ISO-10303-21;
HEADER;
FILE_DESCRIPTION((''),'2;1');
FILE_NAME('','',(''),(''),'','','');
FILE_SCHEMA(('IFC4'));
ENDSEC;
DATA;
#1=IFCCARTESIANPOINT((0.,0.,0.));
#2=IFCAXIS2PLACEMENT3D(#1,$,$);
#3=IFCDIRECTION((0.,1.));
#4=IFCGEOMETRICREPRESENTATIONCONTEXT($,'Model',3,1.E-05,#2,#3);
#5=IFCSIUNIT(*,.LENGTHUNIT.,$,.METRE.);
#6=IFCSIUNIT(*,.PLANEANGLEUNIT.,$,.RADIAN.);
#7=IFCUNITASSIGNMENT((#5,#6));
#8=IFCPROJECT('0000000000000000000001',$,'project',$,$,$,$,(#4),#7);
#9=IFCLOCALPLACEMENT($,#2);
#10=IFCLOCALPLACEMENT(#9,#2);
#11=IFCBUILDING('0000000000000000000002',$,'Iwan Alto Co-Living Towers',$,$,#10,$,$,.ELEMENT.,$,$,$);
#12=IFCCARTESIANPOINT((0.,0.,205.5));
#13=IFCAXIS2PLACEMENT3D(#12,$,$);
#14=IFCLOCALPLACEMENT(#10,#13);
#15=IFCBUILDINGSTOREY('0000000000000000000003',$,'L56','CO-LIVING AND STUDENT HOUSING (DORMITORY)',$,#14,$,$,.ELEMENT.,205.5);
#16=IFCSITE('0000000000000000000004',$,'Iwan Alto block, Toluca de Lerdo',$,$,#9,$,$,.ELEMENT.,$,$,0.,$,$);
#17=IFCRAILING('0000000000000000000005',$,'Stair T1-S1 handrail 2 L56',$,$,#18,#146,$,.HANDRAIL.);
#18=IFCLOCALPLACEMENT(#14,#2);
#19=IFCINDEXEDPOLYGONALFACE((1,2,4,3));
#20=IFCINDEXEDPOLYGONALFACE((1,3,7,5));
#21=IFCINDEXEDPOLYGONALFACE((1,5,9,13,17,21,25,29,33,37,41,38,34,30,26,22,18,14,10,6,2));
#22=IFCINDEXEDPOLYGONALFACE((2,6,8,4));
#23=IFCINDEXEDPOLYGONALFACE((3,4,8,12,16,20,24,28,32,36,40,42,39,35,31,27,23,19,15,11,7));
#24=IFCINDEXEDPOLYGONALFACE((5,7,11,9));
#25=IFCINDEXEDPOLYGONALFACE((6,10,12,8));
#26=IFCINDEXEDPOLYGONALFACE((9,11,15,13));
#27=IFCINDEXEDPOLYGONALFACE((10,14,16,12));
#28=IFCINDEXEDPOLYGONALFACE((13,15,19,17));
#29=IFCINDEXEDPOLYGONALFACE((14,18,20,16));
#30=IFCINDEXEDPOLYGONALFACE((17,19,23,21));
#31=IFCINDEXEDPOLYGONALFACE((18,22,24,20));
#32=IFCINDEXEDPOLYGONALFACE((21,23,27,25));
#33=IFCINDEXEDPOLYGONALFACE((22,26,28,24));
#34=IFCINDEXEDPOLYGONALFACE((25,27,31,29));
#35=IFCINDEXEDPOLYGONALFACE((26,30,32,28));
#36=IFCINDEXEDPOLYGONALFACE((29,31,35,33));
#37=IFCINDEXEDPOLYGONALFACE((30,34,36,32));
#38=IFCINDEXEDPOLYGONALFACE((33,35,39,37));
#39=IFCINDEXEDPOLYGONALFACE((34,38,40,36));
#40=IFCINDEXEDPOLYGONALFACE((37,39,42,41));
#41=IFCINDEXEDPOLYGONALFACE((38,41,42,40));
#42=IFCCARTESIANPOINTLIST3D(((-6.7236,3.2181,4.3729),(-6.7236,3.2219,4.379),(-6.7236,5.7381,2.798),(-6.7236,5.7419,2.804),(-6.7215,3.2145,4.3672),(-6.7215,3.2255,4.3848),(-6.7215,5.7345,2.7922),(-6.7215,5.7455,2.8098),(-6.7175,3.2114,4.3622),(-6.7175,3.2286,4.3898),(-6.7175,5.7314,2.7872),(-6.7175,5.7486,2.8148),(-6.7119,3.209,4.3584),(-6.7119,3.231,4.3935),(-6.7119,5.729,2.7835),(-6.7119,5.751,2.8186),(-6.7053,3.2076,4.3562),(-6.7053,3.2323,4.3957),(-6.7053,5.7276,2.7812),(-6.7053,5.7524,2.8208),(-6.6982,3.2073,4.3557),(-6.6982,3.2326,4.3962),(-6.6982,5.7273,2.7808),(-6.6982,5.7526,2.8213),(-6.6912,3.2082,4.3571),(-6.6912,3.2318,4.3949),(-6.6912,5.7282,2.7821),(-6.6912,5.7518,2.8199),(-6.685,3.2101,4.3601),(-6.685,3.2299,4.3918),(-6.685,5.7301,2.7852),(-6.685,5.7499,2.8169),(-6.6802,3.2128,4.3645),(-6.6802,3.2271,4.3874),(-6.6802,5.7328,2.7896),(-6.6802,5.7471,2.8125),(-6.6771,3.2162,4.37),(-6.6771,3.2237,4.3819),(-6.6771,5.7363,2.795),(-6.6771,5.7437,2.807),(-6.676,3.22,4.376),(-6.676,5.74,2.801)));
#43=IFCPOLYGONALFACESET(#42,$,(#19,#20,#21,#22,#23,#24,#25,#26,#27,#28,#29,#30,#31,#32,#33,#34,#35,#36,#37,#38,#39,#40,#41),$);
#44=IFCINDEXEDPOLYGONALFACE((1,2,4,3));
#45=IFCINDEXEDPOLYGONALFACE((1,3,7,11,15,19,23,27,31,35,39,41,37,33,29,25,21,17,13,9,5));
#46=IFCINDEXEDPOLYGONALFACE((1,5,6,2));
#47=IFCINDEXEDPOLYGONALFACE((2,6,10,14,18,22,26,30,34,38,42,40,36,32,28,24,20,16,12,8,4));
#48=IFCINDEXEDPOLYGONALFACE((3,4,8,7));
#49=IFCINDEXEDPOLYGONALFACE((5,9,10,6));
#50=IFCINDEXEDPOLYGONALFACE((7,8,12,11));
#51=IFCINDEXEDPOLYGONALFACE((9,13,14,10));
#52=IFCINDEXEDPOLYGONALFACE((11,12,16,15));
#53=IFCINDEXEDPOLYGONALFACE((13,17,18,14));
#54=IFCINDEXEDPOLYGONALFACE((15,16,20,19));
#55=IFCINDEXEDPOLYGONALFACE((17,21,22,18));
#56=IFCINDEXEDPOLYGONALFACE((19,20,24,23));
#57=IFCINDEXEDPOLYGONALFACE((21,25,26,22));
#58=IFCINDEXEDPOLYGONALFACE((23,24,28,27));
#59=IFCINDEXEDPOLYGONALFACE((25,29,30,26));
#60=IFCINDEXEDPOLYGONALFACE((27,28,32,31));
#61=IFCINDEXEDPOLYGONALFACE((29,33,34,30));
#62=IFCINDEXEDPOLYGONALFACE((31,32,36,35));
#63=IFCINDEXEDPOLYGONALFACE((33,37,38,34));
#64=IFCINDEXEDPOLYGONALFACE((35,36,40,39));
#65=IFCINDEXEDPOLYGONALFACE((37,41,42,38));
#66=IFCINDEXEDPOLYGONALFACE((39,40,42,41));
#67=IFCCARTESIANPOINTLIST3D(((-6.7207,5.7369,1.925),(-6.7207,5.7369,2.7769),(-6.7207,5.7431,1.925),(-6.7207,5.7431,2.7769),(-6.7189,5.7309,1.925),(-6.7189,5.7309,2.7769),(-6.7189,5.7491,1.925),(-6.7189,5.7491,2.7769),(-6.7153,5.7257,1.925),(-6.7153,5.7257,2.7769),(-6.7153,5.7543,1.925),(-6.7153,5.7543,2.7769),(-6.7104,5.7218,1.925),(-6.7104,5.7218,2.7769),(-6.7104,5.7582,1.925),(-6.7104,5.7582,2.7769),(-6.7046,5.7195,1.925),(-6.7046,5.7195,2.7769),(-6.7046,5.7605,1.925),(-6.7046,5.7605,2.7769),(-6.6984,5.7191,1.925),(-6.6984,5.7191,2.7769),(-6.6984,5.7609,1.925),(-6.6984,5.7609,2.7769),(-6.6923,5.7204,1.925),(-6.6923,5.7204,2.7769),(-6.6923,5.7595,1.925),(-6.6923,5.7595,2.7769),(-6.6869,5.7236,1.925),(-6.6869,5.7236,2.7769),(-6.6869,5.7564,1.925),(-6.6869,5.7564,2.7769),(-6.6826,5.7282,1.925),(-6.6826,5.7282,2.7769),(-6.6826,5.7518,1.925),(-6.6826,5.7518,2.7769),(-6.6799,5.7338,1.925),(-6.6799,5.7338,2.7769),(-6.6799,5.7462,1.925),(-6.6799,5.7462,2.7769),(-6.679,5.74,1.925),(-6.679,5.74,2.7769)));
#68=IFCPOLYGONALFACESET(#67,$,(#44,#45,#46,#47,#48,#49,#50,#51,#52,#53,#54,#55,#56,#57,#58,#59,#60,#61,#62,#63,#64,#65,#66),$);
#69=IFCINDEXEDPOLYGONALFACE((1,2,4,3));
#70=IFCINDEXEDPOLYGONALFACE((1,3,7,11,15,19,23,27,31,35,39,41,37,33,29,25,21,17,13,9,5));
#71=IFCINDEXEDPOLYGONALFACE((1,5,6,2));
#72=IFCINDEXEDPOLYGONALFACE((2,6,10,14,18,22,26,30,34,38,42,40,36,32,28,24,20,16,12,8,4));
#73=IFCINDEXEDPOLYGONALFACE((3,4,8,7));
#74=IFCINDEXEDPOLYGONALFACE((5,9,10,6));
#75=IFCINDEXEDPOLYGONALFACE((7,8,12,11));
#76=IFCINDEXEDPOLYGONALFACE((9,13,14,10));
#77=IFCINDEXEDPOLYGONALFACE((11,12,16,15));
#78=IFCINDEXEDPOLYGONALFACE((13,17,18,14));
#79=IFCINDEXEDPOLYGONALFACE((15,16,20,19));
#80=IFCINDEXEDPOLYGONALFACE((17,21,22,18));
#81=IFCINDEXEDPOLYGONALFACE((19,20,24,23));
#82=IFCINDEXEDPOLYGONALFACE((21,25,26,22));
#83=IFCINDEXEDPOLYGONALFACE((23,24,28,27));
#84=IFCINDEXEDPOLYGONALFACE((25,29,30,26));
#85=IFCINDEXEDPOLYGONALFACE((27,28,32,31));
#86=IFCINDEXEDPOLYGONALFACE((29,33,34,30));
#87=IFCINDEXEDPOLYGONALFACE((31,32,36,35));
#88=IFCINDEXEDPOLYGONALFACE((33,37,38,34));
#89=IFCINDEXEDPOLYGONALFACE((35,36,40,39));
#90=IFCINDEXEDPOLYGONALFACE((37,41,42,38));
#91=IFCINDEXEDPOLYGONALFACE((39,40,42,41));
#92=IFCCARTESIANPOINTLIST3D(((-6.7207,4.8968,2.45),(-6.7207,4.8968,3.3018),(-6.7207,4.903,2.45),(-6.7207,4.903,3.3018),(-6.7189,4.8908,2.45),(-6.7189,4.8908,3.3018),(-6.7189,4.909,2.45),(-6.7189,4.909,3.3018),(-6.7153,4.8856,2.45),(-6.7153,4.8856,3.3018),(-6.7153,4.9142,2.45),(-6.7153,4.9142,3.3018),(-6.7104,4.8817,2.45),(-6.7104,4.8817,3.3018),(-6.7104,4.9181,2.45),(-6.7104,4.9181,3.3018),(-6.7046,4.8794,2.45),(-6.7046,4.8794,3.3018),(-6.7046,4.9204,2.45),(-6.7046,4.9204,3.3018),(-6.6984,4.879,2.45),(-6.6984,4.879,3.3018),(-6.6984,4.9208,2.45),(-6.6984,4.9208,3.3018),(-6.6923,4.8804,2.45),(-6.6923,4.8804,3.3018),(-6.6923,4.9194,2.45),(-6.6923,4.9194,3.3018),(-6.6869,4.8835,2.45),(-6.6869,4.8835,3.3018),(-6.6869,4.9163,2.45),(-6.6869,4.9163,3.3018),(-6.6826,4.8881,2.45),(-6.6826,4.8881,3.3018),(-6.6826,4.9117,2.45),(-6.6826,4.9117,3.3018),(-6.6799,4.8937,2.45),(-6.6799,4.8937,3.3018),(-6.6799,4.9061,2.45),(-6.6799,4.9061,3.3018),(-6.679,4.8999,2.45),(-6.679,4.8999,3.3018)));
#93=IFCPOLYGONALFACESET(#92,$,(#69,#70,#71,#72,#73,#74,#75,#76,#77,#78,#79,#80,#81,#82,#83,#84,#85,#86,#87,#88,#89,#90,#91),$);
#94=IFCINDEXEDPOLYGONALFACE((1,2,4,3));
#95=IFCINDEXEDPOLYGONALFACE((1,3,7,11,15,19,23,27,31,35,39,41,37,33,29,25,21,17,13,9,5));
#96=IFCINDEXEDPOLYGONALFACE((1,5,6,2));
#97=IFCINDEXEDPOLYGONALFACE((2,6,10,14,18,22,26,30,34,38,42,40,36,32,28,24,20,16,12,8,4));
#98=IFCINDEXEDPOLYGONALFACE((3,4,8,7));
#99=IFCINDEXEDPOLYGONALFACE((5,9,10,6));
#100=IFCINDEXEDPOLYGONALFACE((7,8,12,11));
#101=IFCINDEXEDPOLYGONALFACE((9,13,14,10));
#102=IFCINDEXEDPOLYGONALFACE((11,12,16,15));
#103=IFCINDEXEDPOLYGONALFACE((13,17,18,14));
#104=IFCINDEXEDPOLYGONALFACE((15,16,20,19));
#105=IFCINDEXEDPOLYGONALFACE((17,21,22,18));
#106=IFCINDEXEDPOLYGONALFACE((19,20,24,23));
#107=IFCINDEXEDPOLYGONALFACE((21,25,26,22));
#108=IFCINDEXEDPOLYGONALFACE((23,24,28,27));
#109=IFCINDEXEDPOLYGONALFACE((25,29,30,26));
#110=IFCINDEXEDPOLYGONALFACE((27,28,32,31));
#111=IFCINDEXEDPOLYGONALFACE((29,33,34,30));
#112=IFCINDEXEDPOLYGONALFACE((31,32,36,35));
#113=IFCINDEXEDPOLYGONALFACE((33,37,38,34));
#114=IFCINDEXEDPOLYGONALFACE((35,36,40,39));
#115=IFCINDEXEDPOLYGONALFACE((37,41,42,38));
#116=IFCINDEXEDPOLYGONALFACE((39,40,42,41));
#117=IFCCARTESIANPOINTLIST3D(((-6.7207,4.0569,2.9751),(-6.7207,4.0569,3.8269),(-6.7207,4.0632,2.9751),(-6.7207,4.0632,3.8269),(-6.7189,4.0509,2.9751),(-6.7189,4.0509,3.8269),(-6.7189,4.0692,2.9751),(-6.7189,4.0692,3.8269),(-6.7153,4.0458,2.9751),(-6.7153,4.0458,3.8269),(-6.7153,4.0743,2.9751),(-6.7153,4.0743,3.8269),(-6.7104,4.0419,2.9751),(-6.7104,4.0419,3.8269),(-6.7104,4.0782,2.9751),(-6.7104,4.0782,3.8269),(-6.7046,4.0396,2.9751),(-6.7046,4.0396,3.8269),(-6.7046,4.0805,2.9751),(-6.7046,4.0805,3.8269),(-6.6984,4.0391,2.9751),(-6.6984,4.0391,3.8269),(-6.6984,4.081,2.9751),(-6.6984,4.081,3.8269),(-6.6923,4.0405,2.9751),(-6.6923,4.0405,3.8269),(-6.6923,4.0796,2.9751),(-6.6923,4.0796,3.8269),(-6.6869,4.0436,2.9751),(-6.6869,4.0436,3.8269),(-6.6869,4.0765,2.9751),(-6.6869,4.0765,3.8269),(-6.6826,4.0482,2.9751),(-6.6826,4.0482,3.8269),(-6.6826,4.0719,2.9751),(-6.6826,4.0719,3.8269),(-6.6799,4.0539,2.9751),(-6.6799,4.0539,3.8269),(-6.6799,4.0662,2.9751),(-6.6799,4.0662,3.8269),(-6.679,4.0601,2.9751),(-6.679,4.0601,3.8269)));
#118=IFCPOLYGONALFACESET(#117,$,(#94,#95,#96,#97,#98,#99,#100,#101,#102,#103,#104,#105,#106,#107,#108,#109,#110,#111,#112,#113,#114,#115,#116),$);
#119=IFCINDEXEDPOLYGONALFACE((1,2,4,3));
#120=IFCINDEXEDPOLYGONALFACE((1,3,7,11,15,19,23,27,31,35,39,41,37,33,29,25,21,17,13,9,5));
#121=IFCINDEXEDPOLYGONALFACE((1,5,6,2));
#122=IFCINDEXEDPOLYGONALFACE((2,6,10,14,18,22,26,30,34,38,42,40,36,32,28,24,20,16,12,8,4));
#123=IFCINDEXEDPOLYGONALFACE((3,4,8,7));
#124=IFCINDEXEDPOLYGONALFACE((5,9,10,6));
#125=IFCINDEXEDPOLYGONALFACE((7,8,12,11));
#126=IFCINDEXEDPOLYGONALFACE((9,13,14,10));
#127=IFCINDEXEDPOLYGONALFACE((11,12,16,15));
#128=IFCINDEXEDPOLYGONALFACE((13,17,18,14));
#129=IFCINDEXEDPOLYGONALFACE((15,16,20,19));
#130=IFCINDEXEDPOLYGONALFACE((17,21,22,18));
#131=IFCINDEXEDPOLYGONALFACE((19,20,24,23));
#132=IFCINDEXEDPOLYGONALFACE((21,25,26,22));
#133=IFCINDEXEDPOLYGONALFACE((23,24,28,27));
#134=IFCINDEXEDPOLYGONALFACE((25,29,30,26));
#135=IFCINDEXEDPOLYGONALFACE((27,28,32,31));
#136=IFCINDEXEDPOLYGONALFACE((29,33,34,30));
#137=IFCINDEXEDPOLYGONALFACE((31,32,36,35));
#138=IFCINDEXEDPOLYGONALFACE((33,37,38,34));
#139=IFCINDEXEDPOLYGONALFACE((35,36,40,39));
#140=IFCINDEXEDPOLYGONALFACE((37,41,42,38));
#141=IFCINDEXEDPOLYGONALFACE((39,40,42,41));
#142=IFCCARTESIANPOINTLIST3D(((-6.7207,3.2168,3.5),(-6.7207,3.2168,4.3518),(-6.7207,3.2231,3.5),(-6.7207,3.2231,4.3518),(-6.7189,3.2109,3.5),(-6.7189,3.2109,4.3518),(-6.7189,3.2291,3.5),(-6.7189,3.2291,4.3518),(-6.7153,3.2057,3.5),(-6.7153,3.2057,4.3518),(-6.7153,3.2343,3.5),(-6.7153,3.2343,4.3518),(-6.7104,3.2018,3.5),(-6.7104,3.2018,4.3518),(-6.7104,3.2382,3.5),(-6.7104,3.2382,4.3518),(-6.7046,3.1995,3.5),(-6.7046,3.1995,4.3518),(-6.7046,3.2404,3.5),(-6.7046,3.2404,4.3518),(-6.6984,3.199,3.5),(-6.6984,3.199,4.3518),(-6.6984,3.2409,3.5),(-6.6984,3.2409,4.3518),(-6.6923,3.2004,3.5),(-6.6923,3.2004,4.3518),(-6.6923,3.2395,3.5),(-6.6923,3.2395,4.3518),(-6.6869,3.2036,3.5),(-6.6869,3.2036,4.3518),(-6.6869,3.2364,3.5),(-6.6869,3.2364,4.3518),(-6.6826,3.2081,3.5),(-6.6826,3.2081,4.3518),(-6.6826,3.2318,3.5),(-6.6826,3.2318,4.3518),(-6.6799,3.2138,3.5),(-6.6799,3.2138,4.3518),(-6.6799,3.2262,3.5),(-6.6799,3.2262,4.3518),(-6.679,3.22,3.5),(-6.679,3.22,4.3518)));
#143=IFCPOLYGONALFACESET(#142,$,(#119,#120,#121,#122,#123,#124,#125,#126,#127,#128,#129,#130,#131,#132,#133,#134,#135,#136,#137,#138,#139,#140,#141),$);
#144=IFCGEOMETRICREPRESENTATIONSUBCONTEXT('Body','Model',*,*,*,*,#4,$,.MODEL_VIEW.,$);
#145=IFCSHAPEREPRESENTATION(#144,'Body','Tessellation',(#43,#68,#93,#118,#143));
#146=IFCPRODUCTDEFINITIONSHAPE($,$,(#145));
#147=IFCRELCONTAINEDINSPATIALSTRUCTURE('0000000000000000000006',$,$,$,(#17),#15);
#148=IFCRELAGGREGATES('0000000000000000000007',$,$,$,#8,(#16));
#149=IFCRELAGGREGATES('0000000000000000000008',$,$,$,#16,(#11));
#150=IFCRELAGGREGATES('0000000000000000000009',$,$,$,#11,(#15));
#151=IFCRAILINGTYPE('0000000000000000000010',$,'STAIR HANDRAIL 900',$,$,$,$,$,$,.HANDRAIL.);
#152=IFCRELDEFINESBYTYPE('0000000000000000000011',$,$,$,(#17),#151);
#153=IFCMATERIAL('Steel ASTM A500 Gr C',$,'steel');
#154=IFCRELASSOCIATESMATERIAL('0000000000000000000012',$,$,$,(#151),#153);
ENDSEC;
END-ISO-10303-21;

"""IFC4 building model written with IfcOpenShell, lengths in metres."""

from ifc_helpers import new_model, si_unit, direction, frame, origin, origin_2d, place, context, subcontext, project, spatial, circle, extrude, material, type_object, element, save


model = new_model("IFC4")

# Units and contexts
model_context = context("Model", 3, precision=1e-05, world=origin(), true_north=direction((0.0, 1.0)))
body_context = subcontext(model_context, "Body", "Model", "MODEL_VIEW")
ifc_project = project(units=[si_unit("LENGTHUNIT", "METRE"), si_unit("PLANEANGLEUNIT", "RADIAN")], contexts=[model_context])

# Site, building, storey
site_placement = place(None, origin())
site = spatial("IfcSite", under=ifc_project, at=site_placement, Name="Iwan Alto block, Toluca de Lerdo", CompositionType="ELEMENT", RefElevation=0.0)
building_placement = place(site_placement, origin())
building = spatial("IfcBuilding", under=site, at=building_placement, Name="Iwan Alto Co-Living Towers", CompositionType="ELEMENT")
storey_placement = place(building_placement, frame((0.0, 0.0, 205.5)))
storey = spatial("IfcBuildingStorey", under=building, at=storey_placement, Name="L56", Description="CO-LIVING AND STUDENT HOUSING (DORMITORY)", CompositionType="ELEMENT", Elevation=205.5)

# Railing
ifc_material_1 = material(Name="Steel ASTM A500 Gr C", Category="steel")
railing_type_1 = type_object("IfcRailingType", Name="STAIR HANDRAIL 900", PredefinedType="HANDRAIL", material=ifc_material_1)
railing_1_placement = place(storey_placement, frame((-6.7, 5.74, 1.925)))
element("IfcRailing", 1, at=railing_1_placement, inside=storey, type_object=railing_type_1, Name="Stair T1-S1 handrail 2 L56", PredefinedType="HANDRAIL", context=body_context, shape_type="SweptSolid", body=[
    extrude(circle(Radius=0.0239, at=origin_2d()), frame((0.0, 0.0, 0.876), z_axis=(0.0, -0.848008, 0.529984), x_axis=(1.0, 0.0, 0.0)), (0.0, 0.0, 1.0), 2.9717),
    extrude(circle(Radius=0.021, at=origin_2d()), origin(), (0.0, 0.0, 1.0), 0.8518),
    extrude(circle(Radius=0.021, at=origin_2d()), frame((0.0, -0.8401, 0.5249)), (0.0, 0.0, 1.0), 0.8518),
    extrude(circle(Radius=0.021, at=origin_2d()), frame((0.0, -1.6799, 1.05)), (0.0, 0.0, 1.0), 0.8518),
    extrude(circle(Radius=0.021, at=origin_2d()), frame((0.0, -2.52, 1.575)), (0.0, 0.0, 1.0), 0.8518),
])

save(model, "model.ifc")
